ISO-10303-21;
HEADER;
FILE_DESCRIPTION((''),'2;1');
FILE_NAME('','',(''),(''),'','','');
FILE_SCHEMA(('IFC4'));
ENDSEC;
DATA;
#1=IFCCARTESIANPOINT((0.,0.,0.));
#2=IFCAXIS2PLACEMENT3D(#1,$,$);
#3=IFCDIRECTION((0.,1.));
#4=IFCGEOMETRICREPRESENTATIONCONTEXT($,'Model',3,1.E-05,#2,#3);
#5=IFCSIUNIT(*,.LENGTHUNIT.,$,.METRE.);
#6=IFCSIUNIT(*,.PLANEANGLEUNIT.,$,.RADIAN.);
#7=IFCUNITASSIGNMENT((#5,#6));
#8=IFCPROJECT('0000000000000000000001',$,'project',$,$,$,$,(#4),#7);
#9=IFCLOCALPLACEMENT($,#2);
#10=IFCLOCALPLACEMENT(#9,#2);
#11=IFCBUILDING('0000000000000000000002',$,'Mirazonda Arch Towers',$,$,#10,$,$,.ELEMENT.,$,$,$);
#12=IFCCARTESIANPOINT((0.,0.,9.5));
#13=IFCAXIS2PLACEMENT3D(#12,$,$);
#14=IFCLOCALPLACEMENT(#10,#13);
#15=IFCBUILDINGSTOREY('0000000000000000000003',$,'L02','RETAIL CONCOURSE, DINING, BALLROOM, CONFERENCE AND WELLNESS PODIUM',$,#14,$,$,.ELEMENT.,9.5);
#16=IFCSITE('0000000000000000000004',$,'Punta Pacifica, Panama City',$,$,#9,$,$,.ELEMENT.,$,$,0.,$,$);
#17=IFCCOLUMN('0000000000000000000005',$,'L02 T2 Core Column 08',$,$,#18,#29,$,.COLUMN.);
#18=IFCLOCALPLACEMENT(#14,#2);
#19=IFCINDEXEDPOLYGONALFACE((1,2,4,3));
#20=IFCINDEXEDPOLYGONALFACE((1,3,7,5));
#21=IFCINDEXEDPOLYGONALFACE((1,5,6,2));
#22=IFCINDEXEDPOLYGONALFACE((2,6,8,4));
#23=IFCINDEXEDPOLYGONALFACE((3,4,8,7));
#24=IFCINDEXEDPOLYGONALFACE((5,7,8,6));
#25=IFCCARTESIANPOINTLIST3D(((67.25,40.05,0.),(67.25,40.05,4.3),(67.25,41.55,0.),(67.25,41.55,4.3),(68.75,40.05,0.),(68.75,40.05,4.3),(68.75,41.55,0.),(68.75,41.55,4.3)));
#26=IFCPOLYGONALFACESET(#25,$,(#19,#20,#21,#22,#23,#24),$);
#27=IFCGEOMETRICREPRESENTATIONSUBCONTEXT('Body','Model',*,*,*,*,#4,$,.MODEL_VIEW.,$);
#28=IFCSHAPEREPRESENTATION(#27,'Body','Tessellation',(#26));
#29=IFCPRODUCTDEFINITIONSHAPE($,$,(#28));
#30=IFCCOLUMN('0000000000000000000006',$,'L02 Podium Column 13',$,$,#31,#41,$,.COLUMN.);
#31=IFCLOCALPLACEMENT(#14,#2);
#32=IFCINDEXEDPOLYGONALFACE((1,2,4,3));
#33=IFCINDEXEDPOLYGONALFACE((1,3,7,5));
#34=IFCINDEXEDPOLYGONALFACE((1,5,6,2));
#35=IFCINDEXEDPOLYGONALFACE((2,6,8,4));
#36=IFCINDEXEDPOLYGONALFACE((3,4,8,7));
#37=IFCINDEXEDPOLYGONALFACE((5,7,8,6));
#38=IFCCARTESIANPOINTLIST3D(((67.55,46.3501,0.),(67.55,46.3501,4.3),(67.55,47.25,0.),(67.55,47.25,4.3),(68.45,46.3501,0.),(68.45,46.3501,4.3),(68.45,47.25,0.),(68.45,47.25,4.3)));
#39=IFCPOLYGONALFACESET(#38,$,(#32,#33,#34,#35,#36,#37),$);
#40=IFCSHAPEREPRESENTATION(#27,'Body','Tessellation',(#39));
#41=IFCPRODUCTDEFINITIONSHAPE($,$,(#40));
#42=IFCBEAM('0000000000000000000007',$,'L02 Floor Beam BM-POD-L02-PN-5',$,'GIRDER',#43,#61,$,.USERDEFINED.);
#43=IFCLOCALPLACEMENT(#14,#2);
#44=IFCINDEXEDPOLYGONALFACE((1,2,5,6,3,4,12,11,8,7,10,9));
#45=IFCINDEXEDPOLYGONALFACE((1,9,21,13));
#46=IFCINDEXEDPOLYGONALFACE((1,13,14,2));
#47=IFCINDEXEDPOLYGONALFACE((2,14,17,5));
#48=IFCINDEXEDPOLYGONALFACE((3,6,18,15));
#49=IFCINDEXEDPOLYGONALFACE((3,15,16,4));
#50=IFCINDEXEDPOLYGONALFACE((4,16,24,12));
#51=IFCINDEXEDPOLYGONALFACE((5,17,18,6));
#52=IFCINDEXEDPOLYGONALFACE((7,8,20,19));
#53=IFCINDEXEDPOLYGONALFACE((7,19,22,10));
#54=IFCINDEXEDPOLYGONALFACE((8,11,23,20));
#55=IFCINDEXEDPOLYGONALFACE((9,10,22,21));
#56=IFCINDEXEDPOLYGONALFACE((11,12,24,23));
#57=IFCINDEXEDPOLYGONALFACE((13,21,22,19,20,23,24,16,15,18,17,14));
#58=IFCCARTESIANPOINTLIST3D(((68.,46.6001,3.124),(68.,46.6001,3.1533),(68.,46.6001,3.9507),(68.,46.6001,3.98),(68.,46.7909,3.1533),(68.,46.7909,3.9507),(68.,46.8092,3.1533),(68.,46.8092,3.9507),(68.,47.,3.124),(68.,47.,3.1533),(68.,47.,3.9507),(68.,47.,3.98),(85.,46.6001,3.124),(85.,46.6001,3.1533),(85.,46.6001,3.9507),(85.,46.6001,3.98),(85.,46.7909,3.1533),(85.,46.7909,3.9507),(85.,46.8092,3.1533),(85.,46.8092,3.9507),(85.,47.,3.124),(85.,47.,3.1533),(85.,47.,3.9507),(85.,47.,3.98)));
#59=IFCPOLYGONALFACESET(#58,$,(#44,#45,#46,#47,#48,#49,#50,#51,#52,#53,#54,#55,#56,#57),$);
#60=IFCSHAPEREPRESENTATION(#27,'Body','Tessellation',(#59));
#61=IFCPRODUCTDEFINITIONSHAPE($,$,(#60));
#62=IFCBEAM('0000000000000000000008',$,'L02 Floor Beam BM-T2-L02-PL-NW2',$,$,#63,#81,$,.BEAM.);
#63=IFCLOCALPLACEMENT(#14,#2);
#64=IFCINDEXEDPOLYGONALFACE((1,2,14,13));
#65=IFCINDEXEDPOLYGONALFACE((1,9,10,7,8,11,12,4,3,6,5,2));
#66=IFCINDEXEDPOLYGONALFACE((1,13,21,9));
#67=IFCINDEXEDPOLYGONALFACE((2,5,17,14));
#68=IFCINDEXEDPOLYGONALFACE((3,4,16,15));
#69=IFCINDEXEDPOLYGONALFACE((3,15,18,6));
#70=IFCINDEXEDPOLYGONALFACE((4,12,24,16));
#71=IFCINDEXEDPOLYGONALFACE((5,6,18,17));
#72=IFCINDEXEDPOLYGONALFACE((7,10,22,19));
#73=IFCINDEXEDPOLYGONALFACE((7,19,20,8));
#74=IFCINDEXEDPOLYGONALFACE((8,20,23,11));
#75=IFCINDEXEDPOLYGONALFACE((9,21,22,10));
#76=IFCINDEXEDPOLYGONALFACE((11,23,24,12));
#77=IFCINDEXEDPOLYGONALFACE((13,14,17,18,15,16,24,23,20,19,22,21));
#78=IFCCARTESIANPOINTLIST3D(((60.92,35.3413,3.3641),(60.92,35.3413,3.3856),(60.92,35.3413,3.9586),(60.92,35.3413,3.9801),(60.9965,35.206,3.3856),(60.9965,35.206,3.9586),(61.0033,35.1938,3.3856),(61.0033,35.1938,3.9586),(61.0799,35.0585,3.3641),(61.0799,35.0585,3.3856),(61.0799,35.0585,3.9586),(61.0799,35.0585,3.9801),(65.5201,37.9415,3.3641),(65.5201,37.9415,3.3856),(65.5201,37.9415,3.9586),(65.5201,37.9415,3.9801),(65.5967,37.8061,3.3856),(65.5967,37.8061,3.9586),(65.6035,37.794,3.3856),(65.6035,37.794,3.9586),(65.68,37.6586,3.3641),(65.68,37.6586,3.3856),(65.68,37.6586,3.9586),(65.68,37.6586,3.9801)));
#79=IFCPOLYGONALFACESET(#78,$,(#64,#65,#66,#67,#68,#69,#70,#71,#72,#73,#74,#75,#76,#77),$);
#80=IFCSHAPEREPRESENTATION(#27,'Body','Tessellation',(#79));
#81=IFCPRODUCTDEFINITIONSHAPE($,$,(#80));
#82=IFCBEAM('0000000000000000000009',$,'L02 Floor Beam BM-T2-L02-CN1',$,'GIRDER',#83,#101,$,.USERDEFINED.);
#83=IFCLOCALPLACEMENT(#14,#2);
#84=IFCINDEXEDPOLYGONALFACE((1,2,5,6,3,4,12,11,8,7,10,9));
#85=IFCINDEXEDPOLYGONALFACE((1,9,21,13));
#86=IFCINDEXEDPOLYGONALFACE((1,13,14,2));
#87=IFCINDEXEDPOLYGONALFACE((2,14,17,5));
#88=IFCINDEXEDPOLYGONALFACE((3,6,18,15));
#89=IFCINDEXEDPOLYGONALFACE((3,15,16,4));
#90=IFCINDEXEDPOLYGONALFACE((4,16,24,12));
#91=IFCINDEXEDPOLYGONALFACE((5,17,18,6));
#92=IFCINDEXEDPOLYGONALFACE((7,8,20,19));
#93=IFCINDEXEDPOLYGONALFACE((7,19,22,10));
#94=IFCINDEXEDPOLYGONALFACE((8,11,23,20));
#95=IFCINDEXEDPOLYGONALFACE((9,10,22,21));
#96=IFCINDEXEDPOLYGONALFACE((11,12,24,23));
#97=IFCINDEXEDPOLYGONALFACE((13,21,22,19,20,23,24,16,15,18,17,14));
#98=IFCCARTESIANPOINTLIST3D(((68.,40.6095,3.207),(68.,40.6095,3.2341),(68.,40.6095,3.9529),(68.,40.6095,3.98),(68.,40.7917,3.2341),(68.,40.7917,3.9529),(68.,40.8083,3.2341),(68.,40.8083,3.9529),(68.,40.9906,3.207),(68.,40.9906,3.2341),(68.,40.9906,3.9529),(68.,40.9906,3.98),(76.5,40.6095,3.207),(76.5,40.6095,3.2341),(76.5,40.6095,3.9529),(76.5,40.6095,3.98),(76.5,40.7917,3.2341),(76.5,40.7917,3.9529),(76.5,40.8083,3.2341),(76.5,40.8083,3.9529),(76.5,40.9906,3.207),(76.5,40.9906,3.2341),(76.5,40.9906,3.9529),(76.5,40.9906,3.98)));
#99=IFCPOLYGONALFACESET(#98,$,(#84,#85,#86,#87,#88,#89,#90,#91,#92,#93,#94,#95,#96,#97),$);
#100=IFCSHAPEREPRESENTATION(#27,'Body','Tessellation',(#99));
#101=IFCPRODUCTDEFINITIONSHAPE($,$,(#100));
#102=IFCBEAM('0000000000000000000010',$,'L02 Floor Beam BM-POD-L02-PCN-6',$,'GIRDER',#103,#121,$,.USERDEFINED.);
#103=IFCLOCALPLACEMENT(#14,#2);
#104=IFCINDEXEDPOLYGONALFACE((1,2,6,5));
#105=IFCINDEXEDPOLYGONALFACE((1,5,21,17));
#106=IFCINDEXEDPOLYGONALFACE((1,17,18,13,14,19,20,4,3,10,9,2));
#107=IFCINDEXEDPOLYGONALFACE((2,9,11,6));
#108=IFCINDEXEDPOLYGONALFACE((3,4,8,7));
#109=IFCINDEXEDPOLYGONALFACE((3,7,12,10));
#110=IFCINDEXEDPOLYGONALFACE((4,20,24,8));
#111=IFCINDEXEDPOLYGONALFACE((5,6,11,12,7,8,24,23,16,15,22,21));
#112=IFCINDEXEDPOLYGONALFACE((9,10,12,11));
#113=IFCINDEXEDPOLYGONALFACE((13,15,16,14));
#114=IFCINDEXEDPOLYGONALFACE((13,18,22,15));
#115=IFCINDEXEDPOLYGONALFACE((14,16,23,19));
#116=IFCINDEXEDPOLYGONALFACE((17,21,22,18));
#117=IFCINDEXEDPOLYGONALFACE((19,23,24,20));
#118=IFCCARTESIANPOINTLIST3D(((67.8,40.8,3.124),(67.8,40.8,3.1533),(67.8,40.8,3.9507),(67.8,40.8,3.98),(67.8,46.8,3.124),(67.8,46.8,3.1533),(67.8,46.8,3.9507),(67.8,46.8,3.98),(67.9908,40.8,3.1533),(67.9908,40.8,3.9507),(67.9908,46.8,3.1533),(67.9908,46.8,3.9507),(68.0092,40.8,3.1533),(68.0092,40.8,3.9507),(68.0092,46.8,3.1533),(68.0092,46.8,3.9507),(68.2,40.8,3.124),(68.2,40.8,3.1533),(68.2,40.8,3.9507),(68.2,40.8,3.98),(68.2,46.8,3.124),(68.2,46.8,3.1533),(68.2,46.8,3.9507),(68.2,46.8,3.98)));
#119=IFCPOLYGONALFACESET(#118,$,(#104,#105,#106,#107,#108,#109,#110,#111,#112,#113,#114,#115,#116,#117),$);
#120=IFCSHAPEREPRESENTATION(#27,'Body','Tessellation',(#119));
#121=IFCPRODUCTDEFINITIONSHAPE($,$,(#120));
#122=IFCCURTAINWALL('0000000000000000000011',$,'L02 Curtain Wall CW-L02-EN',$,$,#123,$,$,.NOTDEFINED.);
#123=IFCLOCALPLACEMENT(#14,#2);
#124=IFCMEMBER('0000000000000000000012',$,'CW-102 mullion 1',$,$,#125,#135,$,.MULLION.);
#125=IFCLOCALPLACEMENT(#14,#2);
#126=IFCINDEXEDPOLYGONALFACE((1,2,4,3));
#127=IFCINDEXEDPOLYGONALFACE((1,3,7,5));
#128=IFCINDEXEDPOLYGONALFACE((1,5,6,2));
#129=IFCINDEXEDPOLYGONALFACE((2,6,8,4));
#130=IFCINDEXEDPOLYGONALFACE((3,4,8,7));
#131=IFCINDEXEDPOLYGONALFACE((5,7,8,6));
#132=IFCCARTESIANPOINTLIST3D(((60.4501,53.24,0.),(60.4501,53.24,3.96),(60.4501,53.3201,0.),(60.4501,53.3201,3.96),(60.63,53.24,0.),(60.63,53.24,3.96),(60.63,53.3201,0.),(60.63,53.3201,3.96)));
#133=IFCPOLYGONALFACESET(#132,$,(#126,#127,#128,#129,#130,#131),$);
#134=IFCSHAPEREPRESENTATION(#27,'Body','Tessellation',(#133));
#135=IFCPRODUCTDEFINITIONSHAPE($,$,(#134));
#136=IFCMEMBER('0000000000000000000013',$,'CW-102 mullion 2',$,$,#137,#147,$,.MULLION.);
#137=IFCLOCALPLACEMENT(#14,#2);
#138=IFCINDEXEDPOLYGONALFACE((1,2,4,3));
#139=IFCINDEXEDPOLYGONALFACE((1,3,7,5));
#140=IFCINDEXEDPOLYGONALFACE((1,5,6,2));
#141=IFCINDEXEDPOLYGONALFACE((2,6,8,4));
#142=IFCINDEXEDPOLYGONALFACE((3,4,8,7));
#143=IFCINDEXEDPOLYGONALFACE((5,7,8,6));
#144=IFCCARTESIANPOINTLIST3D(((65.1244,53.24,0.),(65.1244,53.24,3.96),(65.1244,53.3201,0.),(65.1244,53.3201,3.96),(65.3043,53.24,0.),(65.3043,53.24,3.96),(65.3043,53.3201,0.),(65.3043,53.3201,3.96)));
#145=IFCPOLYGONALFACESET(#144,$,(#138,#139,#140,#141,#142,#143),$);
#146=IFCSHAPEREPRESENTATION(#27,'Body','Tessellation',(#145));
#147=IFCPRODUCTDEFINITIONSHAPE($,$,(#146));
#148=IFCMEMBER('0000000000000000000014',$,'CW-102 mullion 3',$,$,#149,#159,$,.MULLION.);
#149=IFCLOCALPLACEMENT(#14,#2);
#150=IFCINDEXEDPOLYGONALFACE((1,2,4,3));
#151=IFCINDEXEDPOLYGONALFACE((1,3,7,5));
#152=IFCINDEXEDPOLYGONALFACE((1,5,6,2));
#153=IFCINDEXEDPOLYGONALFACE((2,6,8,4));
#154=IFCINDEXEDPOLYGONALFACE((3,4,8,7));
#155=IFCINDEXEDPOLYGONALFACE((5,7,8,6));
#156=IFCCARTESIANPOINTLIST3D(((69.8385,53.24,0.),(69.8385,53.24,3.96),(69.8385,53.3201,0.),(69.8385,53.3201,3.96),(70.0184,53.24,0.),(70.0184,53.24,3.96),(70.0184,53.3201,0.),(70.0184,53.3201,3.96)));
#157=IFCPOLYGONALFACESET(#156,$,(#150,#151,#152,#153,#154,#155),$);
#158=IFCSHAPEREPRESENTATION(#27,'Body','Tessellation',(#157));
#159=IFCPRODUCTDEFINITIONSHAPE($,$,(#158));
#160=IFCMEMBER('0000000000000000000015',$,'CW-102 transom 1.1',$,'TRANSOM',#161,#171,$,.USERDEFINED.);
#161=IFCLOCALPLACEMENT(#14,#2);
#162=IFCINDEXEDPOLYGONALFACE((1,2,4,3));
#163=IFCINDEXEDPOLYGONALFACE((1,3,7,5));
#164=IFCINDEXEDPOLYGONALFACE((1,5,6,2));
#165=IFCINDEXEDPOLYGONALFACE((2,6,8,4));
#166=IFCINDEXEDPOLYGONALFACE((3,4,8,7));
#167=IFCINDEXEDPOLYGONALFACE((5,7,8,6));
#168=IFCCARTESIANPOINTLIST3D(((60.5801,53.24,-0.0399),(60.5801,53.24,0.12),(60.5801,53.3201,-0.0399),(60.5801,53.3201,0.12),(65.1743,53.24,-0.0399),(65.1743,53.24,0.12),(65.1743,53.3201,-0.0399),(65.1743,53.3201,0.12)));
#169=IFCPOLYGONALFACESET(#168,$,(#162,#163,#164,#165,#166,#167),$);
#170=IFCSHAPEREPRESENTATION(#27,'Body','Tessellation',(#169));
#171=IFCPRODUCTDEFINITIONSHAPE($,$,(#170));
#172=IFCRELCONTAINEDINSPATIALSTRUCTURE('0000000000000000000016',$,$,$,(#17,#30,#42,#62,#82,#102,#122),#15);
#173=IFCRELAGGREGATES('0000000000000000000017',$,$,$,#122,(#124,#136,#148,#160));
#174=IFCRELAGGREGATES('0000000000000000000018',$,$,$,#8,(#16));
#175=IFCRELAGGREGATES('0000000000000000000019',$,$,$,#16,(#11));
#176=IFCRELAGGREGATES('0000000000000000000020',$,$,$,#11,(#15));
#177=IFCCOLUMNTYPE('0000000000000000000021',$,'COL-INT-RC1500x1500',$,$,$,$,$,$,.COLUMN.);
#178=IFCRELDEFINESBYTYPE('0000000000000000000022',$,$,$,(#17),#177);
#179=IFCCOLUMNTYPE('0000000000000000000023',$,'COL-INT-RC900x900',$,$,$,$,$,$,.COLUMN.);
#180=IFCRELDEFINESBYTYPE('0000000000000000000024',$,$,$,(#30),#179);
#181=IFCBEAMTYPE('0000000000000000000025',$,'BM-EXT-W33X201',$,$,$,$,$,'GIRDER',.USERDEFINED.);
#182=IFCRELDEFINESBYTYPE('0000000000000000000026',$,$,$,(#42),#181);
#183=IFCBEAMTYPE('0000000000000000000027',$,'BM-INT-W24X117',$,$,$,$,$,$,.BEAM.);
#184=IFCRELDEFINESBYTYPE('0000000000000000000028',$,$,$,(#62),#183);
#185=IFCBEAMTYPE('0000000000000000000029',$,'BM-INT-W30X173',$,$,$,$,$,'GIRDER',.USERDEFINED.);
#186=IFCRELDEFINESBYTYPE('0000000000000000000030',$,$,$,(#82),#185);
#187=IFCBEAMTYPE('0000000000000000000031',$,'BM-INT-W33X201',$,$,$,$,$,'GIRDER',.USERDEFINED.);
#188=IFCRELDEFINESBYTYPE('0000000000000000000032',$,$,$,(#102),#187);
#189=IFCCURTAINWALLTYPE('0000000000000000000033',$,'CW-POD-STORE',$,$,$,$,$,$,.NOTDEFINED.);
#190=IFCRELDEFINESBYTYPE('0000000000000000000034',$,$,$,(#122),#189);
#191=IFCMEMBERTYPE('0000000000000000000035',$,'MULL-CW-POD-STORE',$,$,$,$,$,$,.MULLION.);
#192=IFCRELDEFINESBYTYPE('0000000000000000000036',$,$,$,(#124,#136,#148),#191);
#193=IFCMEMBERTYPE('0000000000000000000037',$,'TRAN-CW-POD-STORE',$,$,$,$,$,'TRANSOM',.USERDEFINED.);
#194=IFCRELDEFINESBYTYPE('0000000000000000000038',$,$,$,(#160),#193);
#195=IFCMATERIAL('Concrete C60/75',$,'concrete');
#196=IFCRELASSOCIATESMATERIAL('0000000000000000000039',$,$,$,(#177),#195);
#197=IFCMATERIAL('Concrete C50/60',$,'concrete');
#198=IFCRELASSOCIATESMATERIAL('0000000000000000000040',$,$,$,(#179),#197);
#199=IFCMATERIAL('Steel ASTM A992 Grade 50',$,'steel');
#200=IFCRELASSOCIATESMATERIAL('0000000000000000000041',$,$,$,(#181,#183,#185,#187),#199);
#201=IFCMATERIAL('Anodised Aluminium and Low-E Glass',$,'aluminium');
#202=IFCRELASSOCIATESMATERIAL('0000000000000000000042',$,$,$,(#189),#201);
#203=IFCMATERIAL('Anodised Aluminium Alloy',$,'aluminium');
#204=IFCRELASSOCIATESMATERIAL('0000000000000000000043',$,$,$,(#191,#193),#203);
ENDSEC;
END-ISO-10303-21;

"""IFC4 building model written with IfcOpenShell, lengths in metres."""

from ifc_helpers import new_model, si_unit, direction, frame, origin, origin_2d, place, context, subcontext, project, spatial, rectangle, i_section, extrude, material, material_profile, profile_set, type_object, element, aggregate, save


model = new_model("IFC4")

# Units and contexts
model_context = context("Model", 3, precision=1e-05, world=origin(), true_north=direction((0.0, 1.0)))
body_context = subcontext(model_context, "Body", "Model", "MODEL_VIEW")
ifc_project = project(units=[si_unit("LENGTHUNIT", "METRE"), si_unit("PLANEANGLEUNIT", "RADIAN")], contexts=[model_context])

# Site, building, storey
site_placement = place(None, origin())
site = spatial("IfcSite", under=ifc_project, at=site_placement, Name="Punta Pacifica, Panama City", CompositionType="ELEMENT", RefElevation=0.0)
building_placement = place(site_placement, origin())
building = spatial("IfcBuilding", under=site, at=building_placement, Name="Mirazonda Arch Towers", CompositionType="ELEMENT")
storey_placement = place(building_placement, frame((0.0, 0.0, 9.5)))
storey = spatial("IfcBuildingStorey", under=building, at=storey_placement, Name="L02", Description="RETAIL CONCOURSE, DINING, BALLROOM, CONFERENCE AND WELLNESS PODIUM", CompositionType="ELEMENT", Elevation=9.5)

# Columns
ifc_material_1 = material(Name="Concrete C60/75", Category="concrete")
ifc_material_profile_1 = material_profile(ifc_material_1, rectangle(XDim=1.5, YDim=1.5, at=origin_2d()), Name="RC1500x1500")
ifc_profile_set_1 = profile_set([ifc_material_profile_1], Name="Concrete C60/75")
column_type_1 = type_object("IfcColumnType", Name="COL-INT-RC1500x1500", PredefinedType="COLUMN", material=ifc_profile_set_1)
column_1_placement = place(storey_placement, frame((68.0, 40.8, 0.0), z_axis=(0.0, 0.0, 1.0), x_axis=(1.0, 0.0, 0.0)))
element("IfcColumn", 1, at=column_1_placement, inside=storey, type_object=column_type_1, Name="L02 T2 Core Column 08", PredefinedType="COLUMN", context=body_context, shape_type="SweptSolid", body=[
    extrude(rectangle(XDim=1.5, YDim=1.5, at=origin_2d()), origin(), (0.0, 0.0, 1.0), 4.3),
])
ifc_material_2 = material(Name="Concrete C50/60", Category="concrete")
ifc_material_profile_2 = material_profile(ifc_material_2, rectangle(XDim=0.8999, YDim=0.8999, at=origin_2d()), Name="RC900x900")
ifc_profile_set_2 = profile_set([ifc_material_profile_2], Name="Concrete C50/60")
column_type_2 = type_object("IfcColumnType", Name="COL-INT-RC900x900", PredefinedType="COLUMN", material=ifc_profile_set_2)
column_2_placement = place(storey_placement, frame((68.0, 46.8, 0.0), z_axis=(0.0, 0.0, 1.0), x_axis=(1.0, 0.0, 0.0)))
element("IfcColumn", 2, at=column_2_placement, inside=storey, type_object=column_type_2, Name="L02 Podium Column 13", PredefinedType="COLUMN", context=body_context, shape_type="SweptSolid", body=[
    extrude(rectangle(XDim=0.8999, YDim=0.8999, at=origin_2d()), origin(), (0.0, 0.0, 1.0), 4.3),
])

# Beams
ifc_material_3 = material(Name="Steel ASTM A992 Grade 50", Category="steel")
ifc_material_profile_3 = material_profile(ifc_material_3, i_section(OverallWidth=0.3999, OverallDepth=0.856, WebThickness=0.0183, FlangeThickness=0.0293, at=origin_2d()), Name="W33X201")
ifc_profile_set_3 = profile_set([ifc_material_profile_3], Name="Steel ASTM A992 Grade 50")
beam_type_1 = type_object("IfcBeamType", Name="BM-EXT-W33X201", ElementType="GIRDER", PredefinedType="USERDEFINED", material=ifc_profile_set_3)
beam_1_placement = place(storey_placement, frame((68.0, 46.8, 3.552), z_axis=(1.0, 0.0, 0.0), x_axis=(0.0, 1.0, 0.0)))
element("IfcBeam", 3, at=beam_1_placement, inside=storey, type_object=beam_type_1, Name="L02 Floor Beam BM-POD-L02-PN-5", ObjectType="GIRDER", PredefinedType="USERDEFINED", context=body_context, shape_type="SweptSolid", body=[
    extrude(i_section(OverallWidth=0.3999, OverallDepth=0.856, WebThickness=0.0183, FlangeThickness=0.0293, at=origin_2d()), origin(), (0.0, 0.0, 1.0), 17.0),
])
ifc_material_profile_4 = material_profile(ifc_material_3, i_section(OverallWidth=0.325, OverallDepth=0.616, WebThickness=0.0139, FlangeThickness=0.0215, at=origin_2d()), Name="W24X117")
ifc_profile_set_4 = profile_set([ifc_material_profile_4], Name="Steel ASTM A992 Grade 50")
beam_type_2 = type_object("IfcBeamType", Name="BM-INT-W24X117", PredefinedType="BEAM", material=ifc_profile_set_4)
beam_2_placement = place(storey_placement, frame((65.6001, 37.8, 3.6721), z_axis=(-0.870559, -0.492063, 0.0), x_axis=(0.492063, -0.870559, 0.0)))
element("IfcBeam", 4, at=beam_2_placement, inside=storey, type_object=beam_type_2, Name="L02 Floor Beam BM-T2-L02-PL-NW2", PredefinedType="BEAM", context=body_context, shape_type="SweptSolid", body=[
    extrude(i_section(OverallWidth=0.325, OverallDepth=0.616, WebThickness=0.0139, FlangeThickness=0.0215, at=origin_2d()), origin(), (0.0, 0.0, 1.0), 5.2842),
])
ifc_material_profile_5 = material_profile(ifc_material_3, i_section(OverallWidth=0.3811, OverallDepth=0.7729, WebThickness=0.0166, FlangeThickness=0.0271, at=origin_2d()), Name="W30X173")
ifc_profile_set_5 = profile_set([ifc_material_profile_5], Name="Steel ASTM A992 Grade 50")
beam_type_3 = type_object("IfcBeamType", Name="BM-INT-W30X173", ElementType="GIRDER", PredefinedType="USERDEFINED", material=ifc_profile_set_5)
beam_3_placement = place(storey_placement, frame((68.0, 40.8, 3.5935), z_axis=(1.0, 0.0, 0.0), x_axis=(0.0, 1.0, 0.0)))
element("IfcBeam", 5, at=beam_3_placement, inside=storey, type_object=beam_type_3, Name="L02 Floor Beam BM-T2-L02-CN1", ObjectType="GIRDER", PredefinedType="USERDEFINED", context=body_context, shape_type="SweptSolid", body=[
    extrude(i_section(OverallWidth=0.3811, OverallDepth=0.7729, WebThickness=0.0166, FlangeThickness=0.0271, at=origin_2d()), origin(), (0.0, 0.0, 1.0), 8.5),
])
ifc_material_profile_6 = material_profile(ifc_material_3, i_section(OverallWidth=0.3999, OverallDepth=0.856, WebThickness=0.0183, FlangeThickness=0.0293, at=origin_2d()), Name="W33X201")
ifc_profile_set_6 = profile_set([ifc_material_profile_6], Name="Steel ASTM A992 Grade 50")
beam_type_4 = type_object("IfcBeamType", Name="BM-INT-W33X201", ElementType="GIRDER", PredefinedType="USERDEFINED", material=ifc_profile_set_6)
beam_4_placement = place(storey_placement, frame((68.0, 40.8, 3.552), z_axis=(0.0, 1.0, 0.0), x_axis=(-1.0, 0.0, 0.0)))
element("IfcBeam", 6, at=beam_4_placement, inside=storey, type_object=beam_type_4, Name="L02 Floor Beam BM-POD-L02-PCN-6", ObjectType="GIRDER", PredefinedType="USERDEFINED", context=body_context, shape_type="SweptSolid", body=[
    extrude(i_section(OverallWidth=0.3999, OverallDepth=0.856, WebThickness=0.0183, FlangeThickness=0.0293, at=origin_2d()), origin(), (0.0, 0.0, 1.0), 6.0),
])

# Curtain wall, members
ifc_material_4 = material(Name="Anodised Aluminium and Low-E Glass", Category="aluminium")
curtain_wall_type = type_object("IfcCurtainWallType", Name="CW-POD-STORE", PredefinedType="NOTDEFINED", material=ifc_material_4)
curtain_wall_placement = place(storey_placement, origin())
curtain_wall = element("IfcCurtainWall", 7, at=curtain_wall_placement, inside=storey, type_object=curtain_wall_type, Name="L02 Curtain Wall CW-L02-EN", PredefinedType="NOTDEFINED")
ifc_material_5 = material(Name="Anodised Aluminium Alloy", Category="aluminium")
ifc_material_profile_7 = material_profile(ifc_material_5, rectangle(XDim=0.0801, YDim=0.1799, at=origin_2d()), Name="ALU-MULL-80x180")
ifc_profile_set_7 = profile_set([ifc_material_profile_7], Name="Anodised Aluminium Alloy")
member_type_1 = type_object("IfcMemberType", Name="MULL-CW-POD-STORE", PredefinedType="MULLION", material=ifc_profile_set_7)
member_1_placement = place(storey_placement, frame((60.54, 53.28, 0.0), z_axis=(0.0, 0.0, 1.0), x_axis=(0.0, 1.0, 0.0)))
member_1 = element("IfcMember", 8, at=member_1_placement, type_object=member_type_1, Name="CW-102 mullion 1", PredefinedType="MULLION", context=body_context, shape_type="SweptSolid", body=[
    extrude(rectangle(XDim=0.0801, YDim=0.1799, at=origin_2d()), origin(), (0.0, 0.0, 1.0), 3.96),
])
member_2_placement = place(storey_placement, frame((65.2144, 53.28, 0.0), z_axis=(0.0, 0.0, 1.0), x_axis=(0.0, 1.0, 0.0)))
member_2 = element("IfcMember", 9, at=member_2_placement, type_object=member_type_1, Name="CW-102 mullion 2", PredefinedType="MULLION", context=body_context, shape_type="SweptSolid", body=[
    extrude(rectangle(XDim=0.0801, YDim=0.1799, at=origin_2d()), origin(), (0.0, 0.0, 1.0), 3.96),
])
member_3_placement = place(storey_placement, frame((69.9285, 53.28, 0.0), z_axis=(0.0, 0.0, 1.0), x_axis=(0.0, 1.0, 0.0)))
member_3 = element("IfcMember", 10, at=member_3_placement, type_object=member_type_1, Name="CW-102 mullion 3", PredefinedType="MULLION", context=body_context, shape_type="SweptSolid", body=[
    extrude(rectangle(XDim=0.0801, YDim=0.1799, at=origin_2d()), origin(), (0.0, 0.0, 1.0), 3.96),
])
ifc_material_profile_8 = material_profile(ifc_material_5, rectangle(XDim=0.0801, YDim=0.1599, at=origin_2d()), Name="ALU-TRAN-80x160")
ifc_profile_set_8 = profile_set([ifc_material_profile_8], Name="Anodised Aluminium Alloy")
member_type_2 = type_object("IfcMemberType", Name="TRAN-CW-POD-STORE", ElementType="TRANSOM", PredefinedType="USERDEFINED", material=ifc_profile_set_8)
member_4_placement = place(storey_placement, frame((60.5801, 53.28, 0.04), z_axis=(1.0, 0.0, 0.0), x_axis=(0.0, 1.0, 0.0)))
member_4 = element("IfcMember", 11, at=member_4_placement, type_object=member_type_2, Name="CW-102 transom 1.1", ObjectType="TRANSOM", PredefinedType="USERDEFINED", context=body_context, shape_type="SweptSolid", body=[
    extrude(rectangle(XDim=0.0801, YDim=0.1599, at=origin_2d()), origin(), (0.0, 0.0, 1.0), 4.5942),
])
aggregate(curtain_wall, [member_1, member_2, member_3, member_4])

save(model, "model.ifc")
